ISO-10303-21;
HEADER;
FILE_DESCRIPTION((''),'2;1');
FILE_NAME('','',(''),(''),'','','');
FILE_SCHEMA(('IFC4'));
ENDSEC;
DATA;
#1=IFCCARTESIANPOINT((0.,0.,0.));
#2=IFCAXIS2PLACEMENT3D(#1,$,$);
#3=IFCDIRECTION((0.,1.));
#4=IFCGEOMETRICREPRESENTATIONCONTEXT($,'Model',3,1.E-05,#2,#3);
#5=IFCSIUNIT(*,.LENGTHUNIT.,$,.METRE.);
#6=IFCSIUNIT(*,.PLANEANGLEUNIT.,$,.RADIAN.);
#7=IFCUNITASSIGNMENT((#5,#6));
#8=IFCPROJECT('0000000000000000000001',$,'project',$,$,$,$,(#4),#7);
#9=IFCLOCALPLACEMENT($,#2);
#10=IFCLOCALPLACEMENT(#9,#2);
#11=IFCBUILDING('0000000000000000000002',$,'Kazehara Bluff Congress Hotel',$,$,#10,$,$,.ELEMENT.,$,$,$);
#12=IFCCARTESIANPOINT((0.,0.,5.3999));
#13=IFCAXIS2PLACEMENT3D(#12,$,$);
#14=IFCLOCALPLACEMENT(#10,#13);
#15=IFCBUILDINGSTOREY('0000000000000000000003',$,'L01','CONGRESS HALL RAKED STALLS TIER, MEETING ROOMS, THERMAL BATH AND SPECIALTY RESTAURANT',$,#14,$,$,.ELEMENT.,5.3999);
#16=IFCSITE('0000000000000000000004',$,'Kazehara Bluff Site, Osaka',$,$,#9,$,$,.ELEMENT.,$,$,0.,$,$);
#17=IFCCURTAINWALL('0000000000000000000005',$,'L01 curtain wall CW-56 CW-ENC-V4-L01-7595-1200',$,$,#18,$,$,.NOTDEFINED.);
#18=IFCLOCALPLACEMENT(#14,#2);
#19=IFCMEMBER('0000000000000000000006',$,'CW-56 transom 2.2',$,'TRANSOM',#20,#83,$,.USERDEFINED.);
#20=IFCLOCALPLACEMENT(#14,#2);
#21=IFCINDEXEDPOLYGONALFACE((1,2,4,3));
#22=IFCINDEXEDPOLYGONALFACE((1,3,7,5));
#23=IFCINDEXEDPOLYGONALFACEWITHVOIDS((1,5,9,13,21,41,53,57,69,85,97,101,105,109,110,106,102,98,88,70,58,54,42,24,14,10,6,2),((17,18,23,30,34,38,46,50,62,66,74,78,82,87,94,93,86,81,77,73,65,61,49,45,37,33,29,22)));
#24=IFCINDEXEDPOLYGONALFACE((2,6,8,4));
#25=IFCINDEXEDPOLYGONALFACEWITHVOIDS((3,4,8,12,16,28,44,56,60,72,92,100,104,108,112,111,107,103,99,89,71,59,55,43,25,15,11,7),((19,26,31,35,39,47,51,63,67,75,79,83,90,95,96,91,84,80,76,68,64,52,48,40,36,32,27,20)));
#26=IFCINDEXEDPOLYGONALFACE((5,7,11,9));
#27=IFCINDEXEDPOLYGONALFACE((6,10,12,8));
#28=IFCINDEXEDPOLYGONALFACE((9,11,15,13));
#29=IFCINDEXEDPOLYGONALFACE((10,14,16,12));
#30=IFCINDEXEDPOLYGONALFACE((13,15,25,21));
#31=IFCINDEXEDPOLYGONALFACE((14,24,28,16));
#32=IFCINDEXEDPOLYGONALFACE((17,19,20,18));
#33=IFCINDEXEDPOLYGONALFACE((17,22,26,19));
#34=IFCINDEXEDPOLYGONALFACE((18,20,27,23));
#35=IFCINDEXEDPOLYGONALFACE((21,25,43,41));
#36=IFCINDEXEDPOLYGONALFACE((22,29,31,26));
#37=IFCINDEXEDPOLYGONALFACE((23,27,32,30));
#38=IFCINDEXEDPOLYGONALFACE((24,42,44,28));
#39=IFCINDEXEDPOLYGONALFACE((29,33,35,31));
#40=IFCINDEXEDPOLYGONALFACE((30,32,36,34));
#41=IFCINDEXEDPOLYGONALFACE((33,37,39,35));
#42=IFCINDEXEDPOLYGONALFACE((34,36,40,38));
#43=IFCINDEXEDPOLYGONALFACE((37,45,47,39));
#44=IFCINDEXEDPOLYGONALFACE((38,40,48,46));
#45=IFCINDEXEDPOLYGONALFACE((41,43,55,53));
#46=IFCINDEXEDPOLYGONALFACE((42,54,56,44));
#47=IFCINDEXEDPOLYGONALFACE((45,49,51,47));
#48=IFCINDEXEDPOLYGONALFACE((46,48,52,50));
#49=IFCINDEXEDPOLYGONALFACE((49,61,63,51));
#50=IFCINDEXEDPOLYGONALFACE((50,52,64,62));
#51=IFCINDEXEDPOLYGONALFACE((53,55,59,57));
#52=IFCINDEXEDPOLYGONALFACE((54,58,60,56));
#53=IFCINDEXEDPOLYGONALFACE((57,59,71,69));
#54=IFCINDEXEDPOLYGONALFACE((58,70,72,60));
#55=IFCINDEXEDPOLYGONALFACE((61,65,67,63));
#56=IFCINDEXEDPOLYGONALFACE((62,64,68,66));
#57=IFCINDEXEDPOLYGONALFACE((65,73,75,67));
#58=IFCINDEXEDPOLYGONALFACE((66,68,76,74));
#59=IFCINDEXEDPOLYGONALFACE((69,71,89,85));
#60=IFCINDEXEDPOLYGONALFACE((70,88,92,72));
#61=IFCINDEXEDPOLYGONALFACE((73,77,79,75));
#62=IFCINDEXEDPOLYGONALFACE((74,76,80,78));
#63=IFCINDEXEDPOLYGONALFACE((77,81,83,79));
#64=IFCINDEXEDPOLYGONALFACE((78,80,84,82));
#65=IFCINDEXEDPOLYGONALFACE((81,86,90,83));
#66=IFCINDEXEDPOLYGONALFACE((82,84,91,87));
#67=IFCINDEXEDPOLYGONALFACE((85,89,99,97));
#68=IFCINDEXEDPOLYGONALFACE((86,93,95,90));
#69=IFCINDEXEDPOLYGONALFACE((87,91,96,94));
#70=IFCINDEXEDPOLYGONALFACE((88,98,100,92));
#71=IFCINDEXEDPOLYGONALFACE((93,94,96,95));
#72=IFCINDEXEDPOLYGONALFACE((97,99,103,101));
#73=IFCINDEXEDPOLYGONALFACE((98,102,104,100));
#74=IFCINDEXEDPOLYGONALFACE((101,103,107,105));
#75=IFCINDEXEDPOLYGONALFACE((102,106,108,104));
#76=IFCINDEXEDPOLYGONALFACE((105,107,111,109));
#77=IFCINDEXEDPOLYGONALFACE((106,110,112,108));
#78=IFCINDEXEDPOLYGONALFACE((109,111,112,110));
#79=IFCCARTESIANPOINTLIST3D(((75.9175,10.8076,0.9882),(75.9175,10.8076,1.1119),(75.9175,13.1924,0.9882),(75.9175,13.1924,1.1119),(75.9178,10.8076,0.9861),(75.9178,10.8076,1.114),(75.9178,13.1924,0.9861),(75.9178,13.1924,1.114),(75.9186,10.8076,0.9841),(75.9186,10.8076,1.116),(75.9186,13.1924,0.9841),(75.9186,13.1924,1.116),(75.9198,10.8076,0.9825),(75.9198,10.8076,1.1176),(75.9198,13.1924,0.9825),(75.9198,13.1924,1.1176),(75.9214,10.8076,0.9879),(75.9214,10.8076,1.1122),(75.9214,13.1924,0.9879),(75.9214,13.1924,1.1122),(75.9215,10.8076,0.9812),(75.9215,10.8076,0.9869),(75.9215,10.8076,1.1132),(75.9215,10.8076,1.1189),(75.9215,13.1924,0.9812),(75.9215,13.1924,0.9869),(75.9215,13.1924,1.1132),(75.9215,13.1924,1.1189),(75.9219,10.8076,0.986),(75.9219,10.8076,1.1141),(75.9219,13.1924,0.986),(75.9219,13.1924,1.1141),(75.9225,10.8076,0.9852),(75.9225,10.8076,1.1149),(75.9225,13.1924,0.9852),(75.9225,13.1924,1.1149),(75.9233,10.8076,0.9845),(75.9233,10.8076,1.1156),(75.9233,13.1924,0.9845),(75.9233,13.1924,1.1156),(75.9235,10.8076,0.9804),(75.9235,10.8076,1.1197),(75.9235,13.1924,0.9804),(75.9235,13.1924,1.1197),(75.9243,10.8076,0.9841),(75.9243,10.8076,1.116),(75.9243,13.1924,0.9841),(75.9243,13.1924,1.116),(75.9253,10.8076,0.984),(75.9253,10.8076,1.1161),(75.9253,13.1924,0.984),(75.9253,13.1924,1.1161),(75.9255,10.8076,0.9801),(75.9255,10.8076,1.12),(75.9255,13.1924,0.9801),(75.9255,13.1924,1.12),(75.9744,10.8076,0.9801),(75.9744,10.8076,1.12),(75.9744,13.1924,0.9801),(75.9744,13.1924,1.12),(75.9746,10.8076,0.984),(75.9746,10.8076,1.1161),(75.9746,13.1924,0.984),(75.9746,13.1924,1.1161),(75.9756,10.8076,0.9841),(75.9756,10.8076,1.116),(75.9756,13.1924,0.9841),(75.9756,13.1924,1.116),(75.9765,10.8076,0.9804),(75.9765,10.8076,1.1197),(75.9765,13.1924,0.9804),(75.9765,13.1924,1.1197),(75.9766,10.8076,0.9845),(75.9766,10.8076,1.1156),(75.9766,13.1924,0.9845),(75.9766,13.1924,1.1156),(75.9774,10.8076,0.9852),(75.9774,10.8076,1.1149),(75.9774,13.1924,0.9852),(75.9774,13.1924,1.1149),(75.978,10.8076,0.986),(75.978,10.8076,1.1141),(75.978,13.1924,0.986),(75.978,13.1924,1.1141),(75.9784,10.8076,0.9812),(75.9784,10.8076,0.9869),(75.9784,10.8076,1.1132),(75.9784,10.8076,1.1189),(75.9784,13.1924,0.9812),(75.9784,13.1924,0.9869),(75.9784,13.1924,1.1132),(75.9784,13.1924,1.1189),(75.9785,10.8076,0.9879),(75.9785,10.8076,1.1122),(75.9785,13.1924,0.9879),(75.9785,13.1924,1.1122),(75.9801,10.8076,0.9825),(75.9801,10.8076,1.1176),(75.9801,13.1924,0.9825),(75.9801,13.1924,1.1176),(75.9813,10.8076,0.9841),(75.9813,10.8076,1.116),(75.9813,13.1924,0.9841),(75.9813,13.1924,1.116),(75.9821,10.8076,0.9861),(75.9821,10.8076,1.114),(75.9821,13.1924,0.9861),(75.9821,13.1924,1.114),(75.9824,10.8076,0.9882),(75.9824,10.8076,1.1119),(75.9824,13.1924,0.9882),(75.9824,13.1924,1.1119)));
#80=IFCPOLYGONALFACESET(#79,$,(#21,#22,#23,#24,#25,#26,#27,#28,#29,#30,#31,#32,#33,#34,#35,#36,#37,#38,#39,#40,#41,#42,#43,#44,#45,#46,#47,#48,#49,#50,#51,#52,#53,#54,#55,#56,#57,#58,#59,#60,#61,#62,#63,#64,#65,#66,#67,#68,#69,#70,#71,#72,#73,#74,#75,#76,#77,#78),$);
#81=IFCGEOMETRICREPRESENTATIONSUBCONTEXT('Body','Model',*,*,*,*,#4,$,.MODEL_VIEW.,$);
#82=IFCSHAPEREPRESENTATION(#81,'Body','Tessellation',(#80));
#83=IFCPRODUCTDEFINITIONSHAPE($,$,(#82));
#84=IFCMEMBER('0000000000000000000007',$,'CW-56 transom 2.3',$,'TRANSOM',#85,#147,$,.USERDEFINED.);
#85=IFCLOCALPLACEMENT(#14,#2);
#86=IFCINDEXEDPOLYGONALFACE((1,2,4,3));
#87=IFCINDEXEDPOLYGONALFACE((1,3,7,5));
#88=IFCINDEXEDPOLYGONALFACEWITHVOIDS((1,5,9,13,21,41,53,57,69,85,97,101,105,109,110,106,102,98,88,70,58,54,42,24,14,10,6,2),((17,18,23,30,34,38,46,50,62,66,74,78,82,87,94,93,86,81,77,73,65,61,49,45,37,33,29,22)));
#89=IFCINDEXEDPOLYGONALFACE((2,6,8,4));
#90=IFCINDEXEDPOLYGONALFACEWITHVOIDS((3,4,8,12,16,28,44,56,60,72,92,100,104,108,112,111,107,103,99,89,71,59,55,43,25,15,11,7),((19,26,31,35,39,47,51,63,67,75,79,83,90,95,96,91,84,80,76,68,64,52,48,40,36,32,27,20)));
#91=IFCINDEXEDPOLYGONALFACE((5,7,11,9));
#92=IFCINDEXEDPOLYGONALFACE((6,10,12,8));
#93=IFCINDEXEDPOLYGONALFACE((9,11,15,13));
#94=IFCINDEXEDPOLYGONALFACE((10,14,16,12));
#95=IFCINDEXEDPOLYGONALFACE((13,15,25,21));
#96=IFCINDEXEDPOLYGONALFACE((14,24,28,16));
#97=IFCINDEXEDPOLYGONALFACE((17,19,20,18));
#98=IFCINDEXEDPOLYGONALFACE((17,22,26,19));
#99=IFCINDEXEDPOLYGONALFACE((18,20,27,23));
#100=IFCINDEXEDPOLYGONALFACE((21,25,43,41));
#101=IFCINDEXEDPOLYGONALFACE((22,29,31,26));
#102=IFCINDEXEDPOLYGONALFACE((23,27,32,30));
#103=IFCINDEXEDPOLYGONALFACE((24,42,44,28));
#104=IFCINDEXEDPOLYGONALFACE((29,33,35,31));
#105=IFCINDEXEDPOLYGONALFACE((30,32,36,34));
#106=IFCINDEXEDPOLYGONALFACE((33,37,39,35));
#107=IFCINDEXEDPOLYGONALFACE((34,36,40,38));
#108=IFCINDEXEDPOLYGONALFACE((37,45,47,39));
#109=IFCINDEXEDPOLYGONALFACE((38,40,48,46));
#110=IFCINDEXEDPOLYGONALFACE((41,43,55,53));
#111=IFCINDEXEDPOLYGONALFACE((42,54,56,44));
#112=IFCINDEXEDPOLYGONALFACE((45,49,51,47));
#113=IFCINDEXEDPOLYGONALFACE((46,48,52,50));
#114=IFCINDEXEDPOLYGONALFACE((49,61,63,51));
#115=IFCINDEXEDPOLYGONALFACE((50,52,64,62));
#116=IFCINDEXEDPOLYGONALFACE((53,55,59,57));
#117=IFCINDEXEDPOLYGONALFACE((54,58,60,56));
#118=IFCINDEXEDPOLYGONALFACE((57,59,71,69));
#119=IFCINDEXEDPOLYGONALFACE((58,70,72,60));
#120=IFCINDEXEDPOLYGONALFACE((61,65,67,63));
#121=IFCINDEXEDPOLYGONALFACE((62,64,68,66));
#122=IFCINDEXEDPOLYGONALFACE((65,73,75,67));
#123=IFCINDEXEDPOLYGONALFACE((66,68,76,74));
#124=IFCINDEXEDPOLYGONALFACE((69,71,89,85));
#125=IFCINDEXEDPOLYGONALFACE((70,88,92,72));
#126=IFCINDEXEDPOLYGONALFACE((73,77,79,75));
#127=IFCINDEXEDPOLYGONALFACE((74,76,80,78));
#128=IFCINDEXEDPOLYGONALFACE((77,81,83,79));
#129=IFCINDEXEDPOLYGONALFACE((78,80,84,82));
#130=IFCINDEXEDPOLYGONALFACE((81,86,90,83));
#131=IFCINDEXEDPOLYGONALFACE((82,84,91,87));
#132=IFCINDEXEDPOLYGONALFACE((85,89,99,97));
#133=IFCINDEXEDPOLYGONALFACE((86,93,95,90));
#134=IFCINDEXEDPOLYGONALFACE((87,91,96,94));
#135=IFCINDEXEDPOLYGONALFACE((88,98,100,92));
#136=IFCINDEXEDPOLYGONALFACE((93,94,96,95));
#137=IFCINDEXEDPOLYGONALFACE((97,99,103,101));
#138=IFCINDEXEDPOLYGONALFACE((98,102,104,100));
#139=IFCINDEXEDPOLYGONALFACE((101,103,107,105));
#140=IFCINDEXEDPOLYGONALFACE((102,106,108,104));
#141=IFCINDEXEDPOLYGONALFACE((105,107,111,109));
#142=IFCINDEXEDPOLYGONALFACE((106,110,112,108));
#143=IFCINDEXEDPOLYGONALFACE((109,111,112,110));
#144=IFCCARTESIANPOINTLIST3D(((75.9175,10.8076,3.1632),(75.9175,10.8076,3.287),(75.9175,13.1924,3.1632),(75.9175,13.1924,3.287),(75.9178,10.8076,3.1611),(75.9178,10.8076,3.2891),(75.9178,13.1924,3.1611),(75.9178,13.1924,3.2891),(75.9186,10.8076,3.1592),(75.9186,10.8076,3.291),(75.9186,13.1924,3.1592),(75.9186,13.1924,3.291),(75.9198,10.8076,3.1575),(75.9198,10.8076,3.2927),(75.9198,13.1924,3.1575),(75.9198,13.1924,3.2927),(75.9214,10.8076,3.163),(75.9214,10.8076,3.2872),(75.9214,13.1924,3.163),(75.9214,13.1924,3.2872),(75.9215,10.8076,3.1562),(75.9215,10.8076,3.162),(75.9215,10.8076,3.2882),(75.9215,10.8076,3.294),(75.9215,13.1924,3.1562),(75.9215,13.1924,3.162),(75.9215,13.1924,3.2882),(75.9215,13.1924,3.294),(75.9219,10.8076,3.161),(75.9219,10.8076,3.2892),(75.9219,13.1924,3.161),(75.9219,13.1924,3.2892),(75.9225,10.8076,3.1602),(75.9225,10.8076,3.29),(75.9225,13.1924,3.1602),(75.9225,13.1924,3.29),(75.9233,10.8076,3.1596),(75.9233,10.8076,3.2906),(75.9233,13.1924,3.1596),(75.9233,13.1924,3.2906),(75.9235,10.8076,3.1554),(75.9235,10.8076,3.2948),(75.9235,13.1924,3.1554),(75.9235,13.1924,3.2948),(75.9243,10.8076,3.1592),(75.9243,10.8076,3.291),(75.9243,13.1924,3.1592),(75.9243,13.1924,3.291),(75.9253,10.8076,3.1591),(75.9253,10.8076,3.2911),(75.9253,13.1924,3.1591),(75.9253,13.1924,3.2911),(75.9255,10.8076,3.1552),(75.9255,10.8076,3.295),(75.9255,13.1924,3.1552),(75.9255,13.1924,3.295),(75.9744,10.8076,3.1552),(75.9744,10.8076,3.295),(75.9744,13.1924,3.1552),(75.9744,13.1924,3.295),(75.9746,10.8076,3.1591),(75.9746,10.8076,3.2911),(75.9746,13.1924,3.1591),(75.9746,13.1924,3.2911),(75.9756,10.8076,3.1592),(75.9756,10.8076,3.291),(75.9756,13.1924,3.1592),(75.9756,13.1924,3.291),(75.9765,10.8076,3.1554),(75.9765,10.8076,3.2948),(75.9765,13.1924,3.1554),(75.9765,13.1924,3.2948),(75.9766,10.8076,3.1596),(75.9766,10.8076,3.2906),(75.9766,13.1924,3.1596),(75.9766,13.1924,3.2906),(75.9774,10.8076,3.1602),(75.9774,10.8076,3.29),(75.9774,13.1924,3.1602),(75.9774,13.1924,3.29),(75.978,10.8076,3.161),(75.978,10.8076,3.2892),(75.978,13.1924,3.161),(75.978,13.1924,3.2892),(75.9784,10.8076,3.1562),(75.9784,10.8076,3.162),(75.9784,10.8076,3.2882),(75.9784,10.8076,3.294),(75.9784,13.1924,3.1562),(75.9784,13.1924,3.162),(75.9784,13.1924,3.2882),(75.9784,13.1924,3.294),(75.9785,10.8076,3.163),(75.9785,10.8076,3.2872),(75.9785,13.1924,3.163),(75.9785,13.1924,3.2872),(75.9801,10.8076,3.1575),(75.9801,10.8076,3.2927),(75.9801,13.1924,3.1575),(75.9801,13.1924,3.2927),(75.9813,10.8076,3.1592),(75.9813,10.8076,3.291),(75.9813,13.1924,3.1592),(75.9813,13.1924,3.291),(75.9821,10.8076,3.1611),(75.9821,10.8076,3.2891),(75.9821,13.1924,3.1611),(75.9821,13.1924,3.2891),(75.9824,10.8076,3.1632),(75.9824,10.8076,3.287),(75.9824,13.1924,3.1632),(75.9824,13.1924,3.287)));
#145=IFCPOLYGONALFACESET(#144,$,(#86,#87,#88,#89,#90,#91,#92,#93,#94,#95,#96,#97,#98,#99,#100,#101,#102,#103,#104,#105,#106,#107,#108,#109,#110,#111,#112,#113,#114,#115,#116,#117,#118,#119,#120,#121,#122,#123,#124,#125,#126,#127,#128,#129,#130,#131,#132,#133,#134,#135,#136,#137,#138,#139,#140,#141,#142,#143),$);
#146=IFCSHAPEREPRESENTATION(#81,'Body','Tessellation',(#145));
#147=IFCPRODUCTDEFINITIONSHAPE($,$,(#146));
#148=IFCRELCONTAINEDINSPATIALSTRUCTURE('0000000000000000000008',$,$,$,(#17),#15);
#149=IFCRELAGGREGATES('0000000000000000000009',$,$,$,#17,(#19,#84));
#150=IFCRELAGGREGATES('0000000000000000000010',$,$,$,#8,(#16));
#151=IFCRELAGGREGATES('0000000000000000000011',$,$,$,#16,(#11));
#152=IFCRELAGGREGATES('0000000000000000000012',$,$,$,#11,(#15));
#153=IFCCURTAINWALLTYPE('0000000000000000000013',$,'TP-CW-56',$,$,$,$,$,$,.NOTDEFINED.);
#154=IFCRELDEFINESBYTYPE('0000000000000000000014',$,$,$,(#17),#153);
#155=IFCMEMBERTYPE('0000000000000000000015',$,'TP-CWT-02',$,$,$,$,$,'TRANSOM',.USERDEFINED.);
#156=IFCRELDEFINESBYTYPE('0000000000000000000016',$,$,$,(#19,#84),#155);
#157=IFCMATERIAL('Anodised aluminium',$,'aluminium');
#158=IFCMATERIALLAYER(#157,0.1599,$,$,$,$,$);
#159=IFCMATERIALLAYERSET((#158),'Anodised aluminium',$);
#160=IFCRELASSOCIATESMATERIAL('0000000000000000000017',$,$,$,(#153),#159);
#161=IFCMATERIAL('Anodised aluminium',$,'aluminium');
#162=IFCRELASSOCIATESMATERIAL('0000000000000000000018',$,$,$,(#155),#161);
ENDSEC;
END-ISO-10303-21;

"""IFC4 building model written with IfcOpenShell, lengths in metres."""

from ifc_helpers import new_model, si_unit, direction, frame, origin, origin_2d, place, context, subcontext, project, spatial, hollow_rectangle, extrude, material, layer, layer_set, material_profile, profile_set, type_object, element, aggregate, save


model = new_model("IFC4")

# Units and contexts
model_context = context("Model", 3, precision=1e-05, world=origin(), true_north=direction((0.0, 1.0)))
body_context = subcontext(model_context, "Body", "Model", "MODEL_VIEW")
ifc_project = project(units=[si_unit("LENGTHUNIT", "METRE"), si_unit("PLANEANGLEUNIT", "RADIAN")], contexts=[model_context])

# Site, building, storey
site_placement = place(None, origin())
site = spatial("IfcSite", under=ifc_project, at=site_placement, Name="Kazehara Bluff Site, Osaka", CompositionType="ELEMENT", RefElevation=0.0)
building_placement = place(site_placement, origin())
building = spatial("IfcBuilding", under=site, at=building_placement, Name="Kazehara Bluff Congress Hotel", CompositionType="ELEMENT")
storey_placement = place(building_placement, frame((0.0, 0.0, 5.3999)))
storey = spatial("IfcBuildingStorey", under=building, at=storey_placement, Name="L01", Description="CONGRESS HALL RAKED STALLS TIER, MEETING ROOMS, THERMAL BATH AND SPECIALTY RESTAURANT", CompositionType="ELEMENT", Elevation=5.3999)

# Curtain wall
ifc_material_1 = material(Name="Anodised aluminium", Category="aluminium")
ifc_layer_1 = layer(ifc_material_1, 0.1599)
ifc_layer_set_1 = layer_set([ifc_layer_1], Name="Anodised aluminium")
curtain_wall_type_1 = type_object("IfcCurtainWallType", Name="TP-CW-56", PredefinedType="NOTDEFINED", material=ifc_layer_set_1)
curtain_wall_1_placement = place(storey_placement, origin())
curtain_wall_1 = element("IfcCurtainWall", 1, at=curtain_wall_1_placement, inside=storey, type_object=curtain_wall_type_1, Name="L01 curtain wall CW-56 CW-ENC-V4-L01-7595-1200", PredefinedType="NOTDEFINED")

# Members
ifc_material_2 = material(Name="Anodised aluminium", Category="aluminium")
ifc_material_profile_1 = material_profile(ifc_material_2, hollow_rectangle(XDim=0.0649, YDim=0.1399, WallThickness=0.0039, InnerFilletRadius=0.0039, OuterFilletRadius=0.0081, at=origin_2d()))
ifc_profile_set_1 = profile_set([ifc_material_profile_1], Name="Anodised aluminium")
member_type_1 = type_object("IfcMemberType", Name="TP-CWT-02", ElementType="TRANSOM", PredefinedType="USERDEFINED", material=ifc_profile_set_1)
member_1_placement = place(storey_placement, frame((75.95, 13.1924, 1.05), z_axis=(0.0, -1.0, 0.0), x_axis=(1.0, 0.0, 0.0)))
member_1 = element("IfcMember", 2, at=member_1_placement, type_object=member_type_1, Name="CW-56 transom 2.2", ObjectType="TRANSOM", PredefinedType="USERDEFINED", context=body_context, shape_type="SweptSolid", body=[
    extrude(hollow_rectangle(XDim=0.0649, YDim=0.1399, WallThickness=0.0039, InnerFilletRadius=0.0039, OuterFilletRadius=0.0081, at=origin_2d()), origin(), (0.0, 0.0, 1.0), 2.3848),
])
member_2_placement = place(storey_placement, frame((75.95, 13.1924, 3.2251), z_axis=(0.0, -1.0, 0.0), x_axis=(1.0, 0.0, 0.0)))
member_2 = element("IfcMember", 3, at=member_2_placement, type_object=member_type_1, Name="CW-56 transom 2.3", ObjectType="TRANSOM", PredefinedType="USERDEFINED", context=body_context, shape_type="SweptSolid", body=[
    extrude(hollow_rectangle(XDim=0.0649, YDim=0.1399, WallThickness=0.0039, InnerFilletRadius=0.0039, OuterFilletRadius=0.0081, at=origin_2d()), origin(), (0.0, 0.0, 1.0), 2.3848),
])

aggregate(curtain_wall_1, [member_1, member_2])

save(model, "model.ifc")
